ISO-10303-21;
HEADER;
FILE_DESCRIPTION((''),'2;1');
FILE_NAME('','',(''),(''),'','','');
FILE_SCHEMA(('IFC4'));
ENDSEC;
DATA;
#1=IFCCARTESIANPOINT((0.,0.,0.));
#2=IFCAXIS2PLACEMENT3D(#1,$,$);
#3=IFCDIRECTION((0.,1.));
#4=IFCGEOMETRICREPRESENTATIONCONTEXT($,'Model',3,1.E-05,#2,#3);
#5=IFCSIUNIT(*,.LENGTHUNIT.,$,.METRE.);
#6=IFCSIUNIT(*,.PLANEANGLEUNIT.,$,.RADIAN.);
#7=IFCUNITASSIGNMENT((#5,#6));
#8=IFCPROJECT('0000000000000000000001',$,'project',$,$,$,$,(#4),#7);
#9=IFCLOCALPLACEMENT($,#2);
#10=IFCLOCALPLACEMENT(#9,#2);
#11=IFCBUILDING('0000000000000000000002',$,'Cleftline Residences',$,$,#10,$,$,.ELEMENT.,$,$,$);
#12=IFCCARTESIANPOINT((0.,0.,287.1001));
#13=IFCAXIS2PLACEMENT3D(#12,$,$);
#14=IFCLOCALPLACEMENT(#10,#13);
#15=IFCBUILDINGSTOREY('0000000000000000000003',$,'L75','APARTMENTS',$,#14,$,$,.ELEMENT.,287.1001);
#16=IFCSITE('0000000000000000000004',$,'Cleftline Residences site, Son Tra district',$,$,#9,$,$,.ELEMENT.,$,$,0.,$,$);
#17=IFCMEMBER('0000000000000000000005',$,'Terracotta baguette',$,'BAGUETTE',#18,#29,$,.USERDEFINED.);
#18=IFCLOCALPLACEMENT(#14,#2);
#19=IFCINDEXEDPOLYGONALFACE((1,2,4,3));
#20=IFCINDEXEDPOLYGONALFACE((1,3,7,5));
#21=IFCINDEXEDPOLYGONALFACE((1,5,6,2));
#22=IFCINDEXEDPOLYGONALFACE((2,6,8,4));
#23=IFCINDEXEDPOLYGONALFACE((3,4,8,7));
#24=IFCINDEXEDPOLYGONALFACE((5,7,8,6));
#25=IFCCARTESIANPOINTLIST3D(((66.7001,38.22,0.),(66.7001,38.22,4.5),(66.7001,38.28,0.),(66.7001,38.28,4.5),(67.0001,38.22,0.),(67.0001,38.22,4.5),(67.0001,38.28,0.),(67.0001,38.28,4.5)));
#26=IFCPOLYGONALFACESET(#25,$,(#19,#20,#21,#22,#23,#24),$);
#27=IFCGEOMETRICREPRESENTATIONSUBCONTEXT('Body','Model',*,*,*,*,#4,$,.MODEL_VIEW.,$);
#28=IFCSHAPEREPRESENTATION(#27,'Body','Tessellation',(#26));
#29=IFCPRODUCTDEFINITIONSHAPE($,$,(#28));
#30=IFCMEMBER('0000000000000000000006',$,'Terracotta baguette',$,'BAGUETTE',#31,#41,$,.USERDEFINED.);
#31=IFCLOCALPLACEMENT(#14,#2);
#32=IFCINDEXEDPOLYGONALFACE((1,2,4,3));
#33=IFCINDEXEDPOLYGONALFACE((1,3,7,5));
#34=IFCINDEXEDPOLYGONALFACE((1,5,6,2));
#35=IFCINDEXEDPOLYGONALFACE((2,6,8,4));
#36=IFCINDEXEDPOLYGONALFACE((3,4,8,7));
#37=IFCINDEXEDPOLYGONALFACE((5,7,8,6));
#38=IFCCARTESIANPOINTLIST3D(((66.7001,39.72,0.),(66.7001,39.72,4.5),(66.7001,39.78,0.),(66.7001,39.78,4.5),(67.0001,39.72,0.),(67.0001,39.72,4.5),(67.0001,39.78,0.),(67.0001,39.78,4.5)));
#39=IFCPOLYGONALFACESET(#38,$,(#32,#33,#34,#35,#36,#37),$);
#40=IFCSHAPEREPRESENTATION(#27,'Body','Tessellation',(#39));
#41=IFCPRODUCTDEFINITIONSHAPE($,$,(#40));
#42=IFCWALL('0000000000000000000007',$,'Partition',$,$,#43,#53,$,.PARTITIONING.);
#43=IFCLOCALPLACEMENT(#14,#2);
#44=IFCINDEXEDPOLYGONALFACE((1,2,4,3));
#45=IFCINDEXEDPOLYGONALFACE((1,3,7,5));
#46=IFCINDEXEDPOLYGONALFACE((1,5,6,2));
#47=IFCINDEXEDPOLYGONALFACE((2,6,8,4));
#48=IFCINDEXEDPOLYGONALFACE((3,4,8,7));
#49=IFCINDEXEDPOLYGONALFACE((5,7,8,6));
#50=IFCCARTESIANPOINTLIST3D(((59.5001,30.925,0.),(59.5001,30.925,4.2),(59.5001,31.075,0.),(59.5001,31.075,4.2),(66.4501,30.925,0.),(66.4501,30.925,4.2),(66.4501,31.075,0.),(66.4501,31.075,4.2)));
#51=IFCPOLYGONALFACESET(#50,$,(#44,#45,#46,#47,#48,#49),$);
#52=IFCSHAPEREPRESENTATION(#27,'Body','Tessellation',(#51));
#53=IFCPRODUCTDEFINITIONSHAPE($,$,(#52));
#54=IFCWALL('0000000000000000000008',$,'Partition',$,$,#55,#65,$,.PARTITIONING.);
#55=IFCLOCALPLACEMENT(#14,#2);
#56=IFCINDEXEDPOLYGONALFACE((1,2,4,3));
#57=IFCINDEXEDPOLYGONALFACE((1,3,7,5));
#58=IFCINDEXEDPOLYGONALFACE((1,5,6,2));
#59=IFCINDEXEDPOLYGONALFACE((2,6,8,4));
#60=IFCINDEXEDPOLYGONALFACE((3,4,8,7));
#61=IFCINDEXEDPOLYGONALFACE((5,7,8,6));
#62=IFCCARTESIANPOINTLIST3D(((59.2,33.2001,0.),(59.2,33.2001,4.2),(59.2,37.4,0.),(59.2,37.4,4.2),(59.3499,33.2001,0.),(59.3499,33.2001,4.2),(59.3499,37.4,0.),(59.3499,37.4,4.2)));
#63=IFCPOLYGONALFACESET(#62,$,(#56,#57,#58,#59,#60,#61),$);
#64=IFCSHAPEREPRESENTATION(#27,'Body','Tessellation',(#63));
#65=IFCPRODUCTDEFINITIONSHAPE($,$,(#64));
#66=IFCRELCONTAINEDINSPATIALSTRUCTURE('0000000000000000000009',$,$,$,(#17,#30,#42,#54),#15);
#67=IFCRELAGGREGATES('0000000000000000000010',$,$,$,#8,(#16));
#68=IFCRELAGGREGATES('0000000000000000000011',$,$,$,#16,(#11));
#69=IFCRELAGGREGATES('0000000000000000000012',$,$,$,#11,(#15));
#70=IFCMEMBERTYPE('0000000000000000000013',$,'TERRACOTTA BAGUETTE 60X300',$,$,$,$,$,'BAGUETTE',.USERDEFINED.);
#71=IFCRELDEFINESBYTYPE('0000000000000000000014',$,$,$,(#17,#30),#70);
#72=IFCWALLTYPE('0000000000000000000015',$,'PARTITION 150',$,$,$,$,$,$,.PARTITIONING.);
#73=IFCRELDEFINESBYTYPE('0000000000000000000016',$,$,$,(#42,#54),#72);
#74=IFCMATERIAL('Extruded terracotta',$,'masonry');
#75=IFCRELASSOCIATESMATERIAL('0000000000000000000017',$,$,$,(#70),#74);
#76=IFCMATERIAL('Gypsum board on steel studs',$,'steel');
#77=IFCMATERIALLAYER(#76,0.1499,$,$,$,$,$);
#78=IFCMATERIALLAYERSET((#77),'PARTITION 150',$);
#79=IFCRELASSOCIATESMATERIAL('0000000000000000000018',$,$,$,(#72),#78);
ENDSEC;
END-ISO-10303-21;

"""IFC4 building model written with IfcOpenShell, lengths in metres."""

from ifc_helpers import new_model, si_unit, direction, frame, frame_2d, origin, origin_2d, place, context, subcontext, project, spatial, rectangle, extrude, material, layer, layer_set, material_profile, profile_set, type_object, element, save


model = new_model("IFC4")

# Units and contexts
model_context = context("Model", 3, precision=1e-05, world=origin(), true_north=direction((0.0, 1.0)))
body_context = subcontext(model_context, "Body", "Model", "MODEL_VIEW")
ifc_project = project(units=[si_unit("LENGTHUNIT", "METRE"), si_unit("PLANEANGLEUNIT", "RADIAN")], contexts=[model_context])

# Site, building, storey
site_placement = place(None, origin())
site = spatial("IfcSite", under=ifc_project, at=site_placement, Name="Cleftline Residences site, Son Tra district", CompositionType="ELEMENT", RefElevation=0.0)
building_placement = place(site_placement, origin())
building = spatial("IfcBuilding", under=site, at=building_placement, Name="Cleftline Residences", CompositionType="ELEMENT")
storey_placement = place(building_placement, frame((0.0, 0.0, 287.1001)))
storey = spatial("IfcBuildingStorey", under=building, at=storey_placement, Name="L75", Description="APARTMENTS", CompositionType="ELEMENT", Elevation=287.1001)

# Members
ifc_material_1 = material(Name="Extruded terracotta", Category="masonry")
ifc_material_profile_1 = material_profile(ifc_material_1, rectangle(XDim=0.0601, YDim=0.3, at=origin_2d()))
ifc_profile_set_1 = profile_set([ifc_material_profile_1], Name="Extruded terracotta")
member_type_1 = type_object("IfcMemberType", Name="TERRACOTTA BAGUETTE 60X300", ElementType="BAGUETTE", PredefinedType="USERDEFINED", material=ifc_profile_set_1)
for number, where, z_axis, x_axis, name in (
    (1, (66.8501, 38.25, 0.0), (0.0, 0.0, 1.0), (0.0, 1.0, 0.0), "Terracotta baguette"),
    (2, (66.8501, 39.75, 0.0), (0.0, 0.0, 1.0), (0.0, 1.0, 0.0), "Terracotta baguette"),
):
    element("IfcMember", number, at=place(storey_placement, frame(where, z_axis=z_axis, x_axis=x_axis)), inside=storey, type_object=member_type_1, Name=name, ObjectType="BAGUETTE", PredefinedType="USERDEFINED", context=body_context, shape_type="SweptSolid", body=[
        extrude(rectangle(XDim=0.0601, YDim=0.3, at=origin_2d()), origin(), (0.0, 0.0, 1.0), 4.5),
    ])

# Walls
ifc_material_2 = material(Name="Gypsum board on steel studs", Category="steel")
ifc_layer = layer(ifc_material_2, 0.1499)
ifc_layer_set = layer_set([ifc_layer], Name="PARTITION 150")
wall_type = type_object("IfcWallType", Name="PARTITION 150", PredefinedType="PARTITIONING", material=ifc_layer_set)
wall_1_placement = place(storey_placement, frame((59.5, 31.0, 0.0), z_axis=(0.0, 0.0, 1.0), x_axis=(1.0, 0.0, 0.0)))
element("IfcWall", 3, at=wall_1_placement, inside=storey, type_object=wall_type, Name="Partition", PredefinedType="PARTITIONING", context=body_context, shape_type="SweptSolid", body=[
    extrude(rectangle(XDim=6.95, YDim=0.1499, at=frame_2d((3.4751, 0.0))), origin(), (0.0, 0.0, 1.0), 4.2),
])
wall_2_placement = place(storey_placement, frame((59.2749, 33.2, 0.0), z_axis=(0.0, 0.0, 1.0), x_axis=(0.0, 1.0, 0.0)))
element("IfcWall", 4, at=wall_2_placement, inside=storey, type_object=wall_type, Name="Partition", PredefinedType="PARTITIONING", context=body_context, shape_type="SweptSolid", body=[
    extrude(rectangle(XDim=4.2, YDim=0.1499, at=frame_2d((2.1001, 0.0))), origin(), (0.0, 0.0, 1.0), 4.2),
])

save(model, "model.ifc")
